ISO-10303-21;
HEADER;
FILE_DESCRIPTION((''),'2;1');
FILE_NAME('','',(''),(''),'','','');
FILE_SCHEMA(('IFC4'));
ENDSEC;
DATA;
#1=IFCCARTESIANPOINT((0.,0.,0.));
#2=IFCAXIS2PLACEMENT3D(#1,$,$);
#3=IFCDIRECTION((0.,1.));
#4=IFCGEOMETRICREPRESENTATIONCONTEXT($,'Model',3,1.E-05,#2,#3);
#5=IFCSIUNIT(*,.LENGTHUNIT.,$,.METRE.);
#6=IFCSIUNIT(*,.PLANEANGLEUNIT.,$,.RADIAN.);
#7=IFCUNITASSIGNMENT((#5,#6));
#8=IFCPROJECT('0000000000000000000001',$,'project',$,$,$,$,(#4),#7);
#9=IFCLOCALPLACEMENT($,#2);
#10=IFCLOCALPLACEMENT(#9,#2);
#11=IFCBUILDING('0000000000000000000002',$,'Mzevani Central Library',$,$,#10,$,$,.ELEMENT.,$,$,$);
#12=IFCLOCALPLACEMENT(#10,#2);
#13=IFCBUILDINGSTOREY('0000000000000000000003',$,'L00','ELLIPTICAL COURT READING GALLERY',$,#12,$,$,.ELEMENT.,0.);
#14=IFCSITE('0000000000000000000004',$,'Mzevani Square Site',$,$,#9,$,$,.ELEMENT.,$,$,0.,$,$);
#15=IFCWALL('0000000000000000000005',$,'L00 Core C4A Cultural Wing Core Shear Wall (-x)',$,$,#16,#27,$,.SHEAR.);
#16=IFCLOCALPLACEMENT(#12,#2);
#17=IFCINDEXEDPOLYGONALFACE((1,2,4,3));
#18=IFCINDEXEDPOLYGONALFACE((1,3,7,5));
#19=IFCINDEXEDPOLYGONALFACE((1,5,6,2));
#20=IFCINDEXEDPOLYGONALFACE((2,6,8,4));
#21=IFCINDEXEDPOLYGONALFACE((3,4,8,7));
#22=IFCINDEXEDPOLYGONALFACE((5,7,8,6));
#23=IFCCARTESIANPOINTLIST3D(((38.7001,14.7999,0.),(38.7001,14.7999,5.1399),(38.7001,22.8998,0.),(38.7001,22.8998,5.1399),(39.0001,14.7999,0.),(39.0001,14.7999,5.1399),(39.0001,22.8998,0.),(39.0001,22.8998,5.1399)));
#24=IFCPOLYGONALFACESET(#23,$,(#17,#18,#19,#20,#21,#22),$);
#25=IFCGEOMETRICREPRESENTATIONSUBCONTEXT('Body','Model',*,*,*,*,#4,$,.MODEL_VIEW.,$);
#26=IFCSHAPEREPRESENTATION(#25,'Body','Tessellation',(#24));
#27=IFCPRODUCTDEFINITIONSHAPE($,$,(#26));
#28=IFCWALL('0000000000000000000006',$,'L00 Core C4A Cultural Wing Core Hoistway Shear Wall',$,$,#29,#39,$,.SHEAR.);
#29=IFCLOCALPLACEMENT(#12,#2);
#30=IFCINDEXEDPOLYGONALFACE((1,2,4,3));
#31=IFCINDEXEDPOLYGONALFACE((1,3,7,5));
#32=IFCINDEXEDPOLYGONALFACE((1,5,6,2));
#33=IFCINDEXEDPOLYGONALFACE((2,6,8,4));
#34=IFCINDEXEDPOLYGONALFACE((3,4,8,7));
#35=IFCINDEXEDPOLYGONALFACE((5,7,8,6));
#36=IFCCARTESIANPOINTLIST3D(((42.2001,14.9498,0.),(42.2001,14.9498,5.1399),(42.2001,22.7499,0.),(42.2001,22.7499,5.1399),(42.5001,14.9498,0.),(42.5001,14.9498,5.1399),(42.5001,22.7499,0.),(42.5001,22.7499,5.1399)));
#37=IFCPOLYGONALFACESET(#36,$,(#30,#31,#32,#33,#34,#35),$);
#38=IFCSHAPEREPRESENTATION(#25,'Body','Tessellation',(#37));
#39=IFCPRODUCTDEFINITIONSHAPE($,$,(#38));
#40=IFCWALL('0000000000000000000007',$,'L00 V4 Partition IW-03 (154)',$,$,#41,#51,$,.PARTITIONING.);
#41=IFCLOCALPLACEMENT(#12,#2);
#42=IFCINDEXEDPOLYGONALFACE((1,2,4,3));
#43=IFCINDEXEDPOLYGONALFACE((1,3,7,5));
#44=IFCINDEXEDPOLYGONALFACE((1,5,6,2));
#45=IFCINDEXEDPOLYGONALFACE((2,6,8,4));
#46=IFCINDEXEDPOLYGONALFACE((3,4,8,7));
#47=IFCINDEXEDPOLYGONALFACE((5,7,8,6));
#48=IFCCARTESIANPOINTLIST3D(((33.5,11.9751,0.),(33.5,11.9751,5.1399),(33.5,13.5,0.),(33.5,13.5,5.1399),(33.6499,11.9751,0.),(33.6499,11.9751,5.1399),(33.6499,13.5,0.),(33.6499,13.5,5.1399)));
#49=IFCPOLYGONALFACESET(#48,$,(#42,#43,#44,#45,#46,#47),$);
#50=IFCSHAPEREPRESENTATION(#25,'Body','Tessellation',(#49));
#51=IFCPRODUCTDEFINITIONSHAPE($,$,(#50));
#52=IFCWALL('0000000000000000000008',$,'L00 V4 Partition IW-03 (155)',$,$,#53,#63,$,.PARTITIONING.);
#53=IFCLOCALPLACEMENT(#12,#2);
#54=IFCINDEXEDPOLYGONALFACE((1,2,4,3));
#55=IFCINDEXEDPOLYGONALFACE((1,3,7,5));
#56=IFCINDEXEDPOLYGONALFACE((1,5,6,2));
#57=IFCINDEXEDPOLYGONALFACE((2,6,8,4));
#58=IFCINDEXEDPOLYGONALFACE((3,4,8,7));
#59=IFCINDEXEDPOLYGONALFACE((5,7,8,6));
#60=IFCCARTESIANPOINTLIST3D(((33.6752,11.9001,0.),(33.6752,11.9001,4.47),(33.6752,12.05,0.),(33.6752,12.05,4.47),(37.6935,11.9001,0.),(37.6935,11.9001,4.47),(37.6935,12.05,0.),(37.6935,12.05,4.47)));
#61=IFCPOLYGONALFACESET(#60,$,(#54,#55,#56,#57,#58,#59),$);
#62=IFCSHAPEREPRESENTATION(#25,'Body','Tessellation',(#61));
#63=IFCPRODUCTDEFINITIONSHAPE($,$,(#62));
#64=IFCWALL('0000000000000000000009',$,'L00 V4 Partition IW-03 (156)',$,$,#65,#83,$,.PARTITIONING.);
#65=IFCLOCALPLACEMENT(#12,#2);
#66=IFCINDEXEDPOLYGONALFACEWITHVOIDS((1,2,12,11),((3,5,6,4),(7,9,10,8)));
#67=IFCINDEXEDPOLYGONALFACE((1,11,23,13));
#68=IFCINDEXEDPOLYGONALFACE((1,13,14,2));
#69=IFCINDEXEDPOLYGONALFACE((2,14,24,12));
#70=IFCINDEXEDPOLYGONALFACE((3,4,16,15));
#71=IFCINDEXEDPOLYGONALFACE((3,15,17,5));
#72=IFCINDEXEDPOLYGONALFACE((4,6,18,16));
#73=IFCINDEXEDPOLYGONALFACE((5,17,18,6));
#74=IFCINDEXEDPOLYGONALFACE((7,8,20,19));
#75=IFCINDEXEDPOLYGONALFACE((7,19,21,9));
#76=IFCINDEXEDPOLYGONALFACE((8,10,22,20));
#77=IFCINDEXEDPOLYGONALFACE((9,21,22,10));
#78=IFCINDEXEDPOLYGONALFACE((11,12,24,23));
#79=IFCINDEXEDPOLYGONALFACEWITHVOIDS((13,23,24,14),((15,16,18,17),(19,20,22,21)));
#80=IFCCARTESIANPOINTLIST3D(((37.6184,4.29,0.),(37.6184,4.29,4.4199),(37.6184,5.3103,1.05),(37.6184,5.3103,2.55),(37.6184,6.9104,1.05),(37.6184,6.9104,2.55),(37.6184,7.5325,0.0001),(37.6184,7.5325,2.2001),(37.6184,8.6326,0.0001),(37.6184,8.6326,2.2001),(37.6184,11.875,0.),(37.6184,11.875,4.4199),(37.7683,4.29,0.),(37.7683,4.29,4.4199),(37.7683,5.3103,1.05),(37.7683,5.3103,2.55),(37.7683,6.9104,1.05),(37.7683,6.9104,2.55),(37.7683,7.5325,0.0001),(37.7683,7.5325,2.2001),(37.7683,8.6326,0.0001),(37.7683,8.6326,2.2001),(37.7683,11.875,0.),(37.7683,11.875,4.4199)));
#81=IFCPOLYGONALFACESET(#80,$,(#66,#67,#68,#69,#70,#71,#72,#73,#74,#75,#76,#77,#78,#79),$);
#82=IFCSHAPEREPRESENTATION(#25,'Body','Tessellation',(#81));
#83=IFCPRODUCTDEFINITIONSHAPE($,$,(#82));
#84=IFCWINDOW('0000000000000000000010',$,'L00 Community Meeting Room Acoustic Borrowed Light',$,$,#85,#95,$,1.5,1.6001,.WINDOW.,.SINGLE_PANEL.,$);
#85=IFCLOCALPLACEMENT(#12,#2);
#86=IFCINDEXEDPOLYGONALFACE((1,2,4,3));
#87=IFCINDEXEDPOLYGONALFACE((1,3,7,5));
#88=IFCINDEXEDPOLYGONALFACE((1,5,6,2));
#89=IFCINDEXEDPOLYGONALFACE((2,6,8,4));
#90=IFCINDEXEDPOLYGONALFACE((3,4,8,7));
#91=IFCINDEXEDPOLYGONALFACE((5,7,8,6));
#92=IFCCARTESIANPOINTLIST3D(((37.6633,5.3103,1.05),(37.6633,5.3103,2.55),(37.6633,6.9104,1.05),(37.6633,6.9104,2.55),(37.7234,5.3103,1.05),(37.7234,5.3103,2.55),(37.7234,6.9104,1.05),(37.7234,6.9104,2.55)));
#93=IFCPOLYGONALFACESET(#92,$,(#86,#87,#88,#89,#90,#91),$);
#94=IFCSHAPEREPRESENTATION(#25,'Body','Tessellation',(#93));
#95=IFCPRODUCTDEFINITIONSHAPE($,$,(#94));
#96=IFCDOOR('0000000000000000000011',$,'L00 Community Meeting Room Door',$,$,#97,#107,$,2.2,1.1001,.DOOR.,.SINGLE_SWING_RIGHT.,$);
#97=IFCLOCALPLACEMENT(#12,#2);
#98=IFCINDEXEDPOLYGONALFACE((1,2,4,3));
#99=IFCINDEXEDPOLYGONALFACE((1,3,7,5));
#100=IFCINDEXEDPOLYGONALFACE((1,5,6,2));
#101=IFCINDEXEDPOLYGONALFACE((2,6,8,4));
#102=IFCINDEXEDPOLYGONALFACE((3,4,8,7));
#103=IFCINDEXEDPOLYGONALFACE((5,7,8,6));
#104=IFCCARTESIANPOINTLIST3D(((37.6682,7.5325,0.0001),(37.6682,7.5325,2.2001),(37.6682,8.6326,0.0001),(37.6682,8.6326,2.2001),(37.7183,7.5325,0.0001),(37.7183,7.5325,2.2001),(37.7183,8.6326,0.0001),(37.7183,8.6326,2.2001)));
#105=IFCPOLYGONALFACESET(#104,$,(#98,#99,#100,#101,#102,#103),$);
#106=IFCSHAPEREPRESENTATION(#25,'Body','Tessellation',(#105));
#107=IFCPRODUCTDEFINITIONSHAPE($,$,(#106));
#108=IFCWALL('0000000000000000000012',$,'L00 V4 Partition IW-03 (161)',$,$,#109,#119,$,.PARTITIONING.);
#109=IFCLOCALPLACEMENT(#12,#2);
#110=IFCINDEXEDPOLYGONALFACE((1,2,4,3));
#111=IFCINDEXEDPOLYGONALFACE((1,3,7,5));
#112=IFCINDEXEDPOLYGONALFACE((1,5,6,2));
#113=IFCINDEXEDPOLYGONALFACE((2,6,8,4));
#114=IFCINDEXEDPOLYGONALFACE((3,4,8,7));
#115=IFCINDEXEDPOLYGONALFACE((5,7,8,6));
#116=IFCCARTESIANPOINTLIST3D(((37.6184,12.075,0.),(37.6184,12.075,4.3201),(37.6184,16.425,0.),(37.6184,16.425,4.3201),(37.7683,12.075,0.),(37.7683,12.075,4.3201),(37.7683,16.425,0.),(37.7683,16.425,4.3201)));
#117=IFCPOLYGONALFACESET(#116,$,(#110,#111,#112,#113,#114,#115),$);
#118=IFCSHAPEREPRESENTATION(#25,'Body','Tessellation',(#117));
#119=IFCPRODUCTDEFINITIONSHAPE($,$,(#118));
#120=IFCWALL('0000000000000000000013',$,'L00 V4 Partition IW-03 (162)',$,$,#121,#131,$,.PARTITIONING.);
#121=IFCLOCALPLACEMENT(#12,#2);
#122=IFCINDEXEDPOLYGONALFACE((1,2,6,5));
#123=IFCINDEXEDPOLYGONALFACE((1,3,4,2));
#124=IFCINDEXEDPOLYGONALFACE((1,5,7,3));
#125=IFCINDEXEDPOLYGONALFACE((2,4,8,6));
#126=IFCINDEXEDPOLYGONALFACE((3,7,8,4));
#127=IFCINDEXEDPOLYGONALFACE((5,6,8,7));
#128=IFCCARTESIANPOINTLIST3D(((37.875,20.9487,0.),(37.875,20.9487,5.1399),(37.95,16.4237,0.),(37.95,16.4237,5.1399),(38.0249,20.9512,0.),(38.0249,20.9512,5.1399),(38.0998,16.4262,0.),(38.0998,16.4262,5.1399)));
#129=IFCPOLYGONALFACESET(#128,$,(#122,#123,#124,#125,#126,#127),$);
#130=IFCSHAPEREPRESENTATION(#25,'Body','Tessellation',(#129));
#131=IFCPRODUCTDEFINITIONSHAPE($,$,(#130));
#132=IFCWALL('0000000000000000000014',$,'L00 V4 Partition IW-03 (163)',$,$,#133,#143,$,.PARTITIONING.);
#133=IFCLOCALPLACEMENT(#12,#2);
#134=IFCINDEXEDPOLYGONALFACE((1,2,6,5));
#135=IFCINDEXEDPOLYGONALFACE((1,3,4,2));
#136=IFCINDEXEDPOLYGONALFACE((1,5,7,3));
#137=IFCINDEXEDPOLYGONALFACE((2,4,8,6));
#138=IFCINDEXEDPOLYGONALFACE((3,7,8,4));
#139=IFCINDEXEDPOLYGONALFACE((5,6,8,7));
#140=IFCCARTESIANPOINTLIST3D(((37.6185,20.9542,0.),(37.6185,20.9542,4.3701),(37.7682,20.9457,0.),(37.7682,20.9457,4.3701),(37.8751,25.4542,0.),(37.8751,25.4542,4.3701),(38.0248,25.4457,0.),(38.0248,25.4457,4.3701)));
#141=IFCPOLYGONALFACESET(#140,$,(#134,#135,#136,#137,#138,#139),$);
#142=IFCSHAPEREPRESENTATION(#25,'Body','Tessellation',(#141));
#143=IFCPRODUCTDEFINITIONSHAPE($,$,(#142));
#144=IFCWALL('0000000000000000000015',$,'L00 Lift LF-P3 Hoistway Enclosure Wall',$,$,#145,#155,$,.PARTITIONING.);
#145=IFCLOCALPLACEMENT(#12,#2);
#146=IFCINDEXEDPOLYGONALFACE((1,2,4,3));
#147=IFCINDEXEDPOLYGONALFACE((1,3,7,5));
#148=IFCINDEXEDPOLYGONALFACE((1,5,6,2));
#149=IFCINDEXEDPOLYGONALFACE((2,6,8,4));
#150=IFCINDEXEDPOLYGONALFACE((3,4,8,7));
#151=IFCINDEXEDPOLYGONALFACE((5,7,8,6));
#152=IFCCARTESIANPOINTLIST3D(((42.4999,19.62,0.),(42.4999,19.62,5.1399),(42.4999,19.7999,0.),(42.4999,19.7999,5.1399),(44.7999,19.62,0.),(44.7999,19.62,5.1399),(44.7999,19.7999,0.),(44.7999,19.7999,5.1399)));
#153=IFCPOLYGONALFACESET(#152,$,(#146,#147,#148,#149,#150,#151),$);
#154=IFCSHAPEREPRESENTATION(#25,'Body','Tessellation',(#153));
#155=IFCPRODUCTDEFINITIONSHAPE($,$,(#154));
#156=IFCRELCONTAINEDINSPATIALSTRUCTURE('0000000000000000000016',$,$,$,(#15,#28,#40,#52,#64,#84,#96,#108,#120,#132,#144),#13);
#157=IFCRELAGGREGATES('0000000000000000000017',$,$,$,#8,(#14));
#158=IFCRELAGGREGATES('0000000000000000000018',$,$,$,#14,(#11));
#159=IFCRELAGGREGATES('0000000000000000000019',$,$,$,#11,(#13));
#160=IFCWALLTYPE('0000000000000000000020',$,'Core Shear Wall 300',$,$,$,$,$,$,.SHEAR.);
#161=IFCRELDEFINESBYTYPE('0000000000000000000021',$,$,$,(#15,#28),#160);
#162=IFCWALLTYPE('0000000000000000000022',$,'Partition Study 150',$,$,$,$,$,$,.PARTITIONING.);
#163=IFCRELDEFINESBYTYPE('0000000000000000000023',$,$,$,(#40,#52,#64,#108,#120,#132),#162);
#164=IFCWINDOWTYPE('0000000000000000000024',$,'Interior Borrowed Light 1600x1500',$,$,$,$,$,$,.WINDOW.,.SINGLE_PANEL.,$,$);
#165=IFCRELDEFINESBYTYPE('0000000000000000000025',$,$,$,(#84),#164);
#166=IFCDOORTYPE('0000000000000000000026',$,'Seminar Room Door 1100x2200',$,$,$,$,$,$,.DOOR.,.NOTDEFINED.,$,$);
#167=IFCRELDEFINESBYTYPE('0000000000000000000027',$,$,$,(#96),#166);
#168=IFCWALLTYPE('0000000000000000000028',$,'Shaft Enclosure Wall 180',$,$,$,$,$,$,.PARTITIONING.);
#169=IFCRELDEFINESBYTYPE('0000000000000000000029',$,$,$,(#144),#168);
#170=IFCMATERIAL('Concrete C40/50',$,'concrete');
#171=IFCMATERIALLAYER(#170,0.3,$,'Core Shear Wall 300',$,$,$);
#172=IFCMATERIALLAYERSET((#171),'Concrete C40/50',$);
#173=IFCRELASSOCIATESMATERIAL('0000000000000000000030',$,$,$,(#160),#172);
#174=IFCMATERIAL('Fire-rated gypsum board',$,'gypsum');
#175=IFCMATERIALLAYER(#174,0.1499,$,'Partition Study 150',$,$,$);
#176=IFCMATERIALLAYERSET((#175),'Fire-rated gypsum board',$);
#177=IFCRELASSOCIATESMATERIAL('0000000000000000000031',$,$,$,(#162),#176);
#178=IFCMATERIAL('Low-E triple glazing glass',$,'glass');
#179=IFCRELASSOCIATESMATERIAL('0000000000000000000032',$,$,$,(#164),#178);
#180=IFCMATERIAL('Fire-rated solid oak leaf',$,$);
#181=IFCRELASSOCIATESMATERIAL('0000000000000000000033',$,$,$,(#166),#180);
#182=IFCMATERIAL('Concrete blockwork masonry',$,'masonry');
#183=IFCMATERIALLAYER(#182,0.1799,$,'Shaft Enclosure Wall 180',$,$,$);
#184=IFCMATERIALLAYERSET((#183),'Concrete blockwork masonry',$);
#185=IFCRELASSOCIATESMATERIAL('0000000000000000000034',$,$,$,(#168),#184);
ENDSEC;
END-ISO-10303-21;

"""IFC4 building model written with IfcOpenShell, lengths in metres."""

from ifc_helpers import new_model, si_unit, direction, frame, frame_2d, origin, place, context, subcontext, project, spatial, rectangle, extrude, material, layer, layer_set, type_object, element, fill, save


model = new_model("IFC4")

# Units and contexts
model_context = context("Model", 3, precision=1e-05, world=origin(), true_north=direction((0.0, 1.0)))
body_context = subcontext(model_context, "Body", "Model", "MODEL_VIEW")
ifc_project = project(units=[si_unit("LENGTHUNIT", "METRE"), si_unit("PLANEANGLEUNIT", "RADIAN")], contexts=[model_context])

# Site, building, storey
site_placement = place(None, origin())
site = spatial("IfcSite", under=ifc_project, at=site_placement, Name="Mzevani Square Site", CompositionType="ELEMENT", RefElevation=0.0)
building_placement = place(site_placement, origin())
building = spatial("IfcBuilding", under=site, at=building_placement, Name="Mzevani Central Library", CompositionType="ELEMENT")
storey_placement = place(building_placement, origin())
storey = spatial("IfcBuildingStorey", under=building, at=storey_placement, Name="L00", Description="ELLIPTICAL COURT READING GALLERY", CompositionType="ELEMENT", Elevation=0.0)

# Shared definitions
ifc_material_1 = material(Name="Concrete C40/50", Category="concrete")

# Walls
ifc_layer_1 = layer(ifc_material_1, 0.3, Name="Core Shear Wall 300")
ifc_layer_set_1 = layer_set([ifc_layer_1], Name="Concrete C40/50")
wall_type_1 = type_object("IfcWallType", Name="Core Shear Wall 300", PredefinedType="SHEAR", material=ifc_layer_set_1)
wall_1_placement = place(storey_placement, frame((38.8501, 14.8, 0.0), z_axis=(0.0, 0.0, 1.0), x_axis=(0.0, 1.0, 0.0)))
element("IfcWall", 1, at=wall_1_placement, inside=storey, type_object=wall_type_1, Name="L00 Core C4A Cultural Wing Core Shear Wall (-x)", PredefinedType="SHEAR", context=body_context, shape_type="SweptSolid", body=[
    extrude(rectangle(XDim=8.0999, YDim=0.3, at=frame_2d((4.0498, 0.0))), origin(), (0.0, 0.0, 1.0), 5.1399),
])
wall_2_placement = place(storey_placement, frame((42.3501, 14.95, 0.0), z_axis=(0.0, 0.0, 1.0), x_axis=(0.0, 1.0, 0.0)))
element("IfcWall", 2, at=wall_2_placement, inside=storey, type_object=wall_type_1, Name="L00 Core C4A Cultural Wing Core Hoistway Shear Wall", PredefinedType="SHEAR", context=body_context, shape_type="SweptSolid", body=[
    extrude(rectangle(XDim=7.8, YDim=0.3, at=frame_2d((3.8999, 0.0))), origin(), (0.0, 0.0, 1.0), 5.1399),
])
ifc_material_2 = material(Name="Fire-rated gypsum board", Category="gypsum")
ifc_layer_2 = layer(ifc_material_2, 0.1499, Name="Partition Study 150")
ifc_layer_set_2 = layer_set([ifc_layer_2], Name="Fire-rated gypsum board")
wall_type_2 = type_object("IfcWallType", Name="Partition Study 150", PredefinedType="PARTITIONING", material=ifc_layer_set_2)
wall_3_placement = place(storey_placement, frame((33.575, 13.5, 0.0), z_axis=(0.0, 0.0, 1.0), x_axis=(0.0, -1.0, 0.0)))
element("IfcWall", 3, at=wall_3_placement, inside=storey, type_object=wall_type_2, Name="L00 V4 Partition IW-03 (154)", PredefinedType="PARTITIONING", context=body_context, shape_type="SweptSolid", body=[
    extrude(rectangle(XDim=1.5249, YDim=0.1499, at=frame_2d((0.7625, 0.0))), origin(), (0.0, 0.0, 1.0), 5.1399),
])
wall_4_placement = place(storey_placement, frame((33.675, 11.9751, 0.0), z_axis=(0.0, 0.0, 1.0), x_axis=(1.0, 0.0, 0.0)))
element("IfcWall", 4, at=wall_4_placement, inside=storey, type_object=wall_type_2, Name="L00 V4 Partition IW-03 (155)", PredefinedType="PARTITIONING", context=body_context, shape_type="SweptSolid", body=[
    extrude(rectangle(XDim=4.0183, YDim=0.1499, at=frame_2d((2.0093, 0.0))), origin(), (0.0, 0.0, 1.0), 4.47),
])

# Wall, openings, window, door
wall_5_placement = place(storey_placement, frame((37.6934, 11.875, 0.0), z_axis=(0.0, 0.0, 1.0), x_axis=(0.0, -1.0, 0.0)))
wall_5 = element("IfcWall", 5, at=wall_5_placement, inside=storey, type_object=wall_type_2, Name="L00 V4 Partition IW-03 (156)", PredefinedType="PARTITIONING", context=body_context, shape_type="SweptSolid", body=[
    extrude(rectangle(XDim=7.585, YDim=0.1499, at=frame_2d((3.7925, 0.0))), origin(), (0.0, 0.0, 1.0), 4.4199),
])
opening_1_placement = place(wall_5_placement, frame((3.2424, 0.0, 0.0)))
opening_1 = element("IfcOpeningElement", 6, at=opening_1_placement, cuts=wall_5, PredefinedType="OPENING", context=body_context, shape_type="SweptSolid", body=[
    extrude(rectangle(XDim=1.1001, YDim=2.2, at=frame_2d((0.55, 1.1001))), frame((0.0, 0.085, 0.0), z_axis=(0.0, -1.0, 0.0), x_axis=(1.0, 0.0, 0.0)), (0.0, 0.0, 1.0), 0.1699),
])
opening_2_placement = place(wall_5_placement, frame((4.9646, 0.0, 1.05)))
opening_2 = element("IfcOpeningElement", 7, at=opening_2_placement, cuts=wall_5, PredefinedType="OPENING", context=body_context, shape_type="SweptSolid", body=[
    extrude(rectangle(XDim=1.6001, YDim=1.5, at=frame_2d((0.8, 0.75))), frame((0.0, 0.085, 0.0), z_axis=(0.0, -1.0, 0.0), x_axis=(1.0, 0.0, 0.0)), (0.0, 0.0, 1.0), 0.1699),
])
ifc_material_3 = material(Name="Low-E triple glazing glass", Category="glass")
window_type = type_object("IfcWindowType", Name="Interior Borrowed Light 1600x1500", PartitioningType="SINGLE_PANEL", PredefinedType="WINDOW", material=ifc_material_3)
window_placement = place(opening_2_placement, origin())
window = element("IfcWindow", 8, at=window_placement, inside=storey, type_object=window_type, Name="L00 Community Meeting Room Acoustic Borrowed Light", OverallHeight=1.5, OverallWidth=1.6001, PartitioningType="SINGLE_PANEL", PredefinedType="WINDOW", context=body_context, shape_type="SweptSolid", body=[
    extrude(rectangle(XDim=1.6001, YDim=1.5, at=frame_2d((0.8, 0.75))), frame((0.0, 0.03, 0.0), z_axis=(0.0, -1.0, 0.0), x_axis=(1.0, 0.0, 0.0)), (0.0, 0.0, 1.0), 0.0601),
])
fill(opening_2, window)
ifc_material_4 = material(Name="Fire-rated solid oak leaf")
door_type = type_object("IfcDoorType", Name="Seminar Room Door 1100x2200", OperationType="NOTDEFINED", PredefinedType="DOOR", material=ifc_material_4)
door_placement = place(opening_1_placement, origin())
door = element("IfcDoor", 9, at=door_placement, inside=storey, type_object=door_type, Name="L00 Community Meeting Room Door", OperationType="SINGLE_SWING_RIGHT", OverallHeight=2.2, OverallWidth=1.1001, PredefinedType="DOOR", context=body_context, shape_type="SweptSolid", body=[
    extrude(rectangle(XDim=1.1001, YDim=2.2, at=frame_2d((0.55, 1.1001))), frame((0.0, 0.0249, 0.0), z_axis=(0.0, -1.0, 0.0), x_axis=(1.0, 0.0, 0.0)), (0.0, 0.0, 1.0), 0.05),
])
fill(opening_1, door)

# Walls
wall_6_placement = place(storey_placement, frame((37.6934, 12.075, 0.0), z_axis=(0.0, 0.0, 1.0), x_axis=(0.0, 1.0, 0.0)))
element("IfcWall", 10, at=wall_6_placement, inside=storey, type_object=wall_type_2, Name="L00 V4 Partition IW-03 (161)", PredefinedType="PARTITIONING", context=body_context, shape_type="SweptSolid", body=[
    extrude(rectangle(XDim=4.3501, YDim=0.1499, at=frame_2d((2.175, 0.0))), origin(), (0.0, 0.0, 1.0), 4.3201),
])
wall_7_placement = place(storey_placement, frame((38.0249, 16.425, 0.0), z_axis=(0.0, 0.0, 1.0), x_axis=(-0.016562, 0.999863, 0.0)))
element("IfcWall", 11, at=wall_7_placement, inside=storey, type_object=wall_type_2, Name="L00 V4 Partition IW-03 (162)", PredefinedType="PARTITIONING", context=body_context, shape_type="SweptSolid", body=[
    extrude(rectangle(XDim=4.5256, YDim=0.1499, at=frame_2d((2.2627, 0.0))), origin(), (0.0, 0.0, 1.0), 5.1399),
])
wall_8_placement = place(storey_placement, frame((37.6934, 20.95, 0.0), z_axis=(0.0, 0.0, 1.0), x_axis=(0.056928, 0.998378, 0.0)))
element("IfcWall", 12, at=wall_8_placement, inside=storey, type_object=wall_type_2, Name="L00 V4 Partition IW-03 (163)", PredefinedType="PARTITIONING", context=body_context, shape_type="SweptSolid", body=[
    extrude(rectangle(XDim=4.5073, YDim=0.1499, at=frame_2d((2.2537, 0.0))), origin(), (0.0, 0.0, 1.0), 4.3701),
])
ifc_material_5 = material(Name="Concrete blockwork masonry", Category="masonry")
ifc_layer_3 = layer(ifc_material_5, 0.1799, Name="Shaft Enclosure Wall 180")
ifc_layer_set_3 = layer_set([ifc_layer_3], Name="Concrete blockwork masonry")
wall_type_3 = type_object("IfcWallType", Name="Shaft Enclosure Wall 180", PredefinedType="PARTITIONING", material=ifc_layer_set_3)
wall_9_placement = place(storey_placement, frame((42.5, 19.71, 0.0), z_axis=(0.0, 0.0, 1.0), x_axis=(1.0, 0.0, 0.0)))
element("IfcWall", 13, at=wall_9_placement, inside=storey, type_object=wall_type_3, Name="L00 Lift LF-P3 Hoistway Enclosure Wall", PredefinedType="PARTITIONING", context=body_context, shape_type="SweptSolid", body=[
    extrude(rectangle(XDim=2.3, YDim=0.1799, at=frame_2d((1.1499, 0.0))), origin(), (0.0, 0.0, 1.0), 5.1399),
])

save(model, "model.ifc")
